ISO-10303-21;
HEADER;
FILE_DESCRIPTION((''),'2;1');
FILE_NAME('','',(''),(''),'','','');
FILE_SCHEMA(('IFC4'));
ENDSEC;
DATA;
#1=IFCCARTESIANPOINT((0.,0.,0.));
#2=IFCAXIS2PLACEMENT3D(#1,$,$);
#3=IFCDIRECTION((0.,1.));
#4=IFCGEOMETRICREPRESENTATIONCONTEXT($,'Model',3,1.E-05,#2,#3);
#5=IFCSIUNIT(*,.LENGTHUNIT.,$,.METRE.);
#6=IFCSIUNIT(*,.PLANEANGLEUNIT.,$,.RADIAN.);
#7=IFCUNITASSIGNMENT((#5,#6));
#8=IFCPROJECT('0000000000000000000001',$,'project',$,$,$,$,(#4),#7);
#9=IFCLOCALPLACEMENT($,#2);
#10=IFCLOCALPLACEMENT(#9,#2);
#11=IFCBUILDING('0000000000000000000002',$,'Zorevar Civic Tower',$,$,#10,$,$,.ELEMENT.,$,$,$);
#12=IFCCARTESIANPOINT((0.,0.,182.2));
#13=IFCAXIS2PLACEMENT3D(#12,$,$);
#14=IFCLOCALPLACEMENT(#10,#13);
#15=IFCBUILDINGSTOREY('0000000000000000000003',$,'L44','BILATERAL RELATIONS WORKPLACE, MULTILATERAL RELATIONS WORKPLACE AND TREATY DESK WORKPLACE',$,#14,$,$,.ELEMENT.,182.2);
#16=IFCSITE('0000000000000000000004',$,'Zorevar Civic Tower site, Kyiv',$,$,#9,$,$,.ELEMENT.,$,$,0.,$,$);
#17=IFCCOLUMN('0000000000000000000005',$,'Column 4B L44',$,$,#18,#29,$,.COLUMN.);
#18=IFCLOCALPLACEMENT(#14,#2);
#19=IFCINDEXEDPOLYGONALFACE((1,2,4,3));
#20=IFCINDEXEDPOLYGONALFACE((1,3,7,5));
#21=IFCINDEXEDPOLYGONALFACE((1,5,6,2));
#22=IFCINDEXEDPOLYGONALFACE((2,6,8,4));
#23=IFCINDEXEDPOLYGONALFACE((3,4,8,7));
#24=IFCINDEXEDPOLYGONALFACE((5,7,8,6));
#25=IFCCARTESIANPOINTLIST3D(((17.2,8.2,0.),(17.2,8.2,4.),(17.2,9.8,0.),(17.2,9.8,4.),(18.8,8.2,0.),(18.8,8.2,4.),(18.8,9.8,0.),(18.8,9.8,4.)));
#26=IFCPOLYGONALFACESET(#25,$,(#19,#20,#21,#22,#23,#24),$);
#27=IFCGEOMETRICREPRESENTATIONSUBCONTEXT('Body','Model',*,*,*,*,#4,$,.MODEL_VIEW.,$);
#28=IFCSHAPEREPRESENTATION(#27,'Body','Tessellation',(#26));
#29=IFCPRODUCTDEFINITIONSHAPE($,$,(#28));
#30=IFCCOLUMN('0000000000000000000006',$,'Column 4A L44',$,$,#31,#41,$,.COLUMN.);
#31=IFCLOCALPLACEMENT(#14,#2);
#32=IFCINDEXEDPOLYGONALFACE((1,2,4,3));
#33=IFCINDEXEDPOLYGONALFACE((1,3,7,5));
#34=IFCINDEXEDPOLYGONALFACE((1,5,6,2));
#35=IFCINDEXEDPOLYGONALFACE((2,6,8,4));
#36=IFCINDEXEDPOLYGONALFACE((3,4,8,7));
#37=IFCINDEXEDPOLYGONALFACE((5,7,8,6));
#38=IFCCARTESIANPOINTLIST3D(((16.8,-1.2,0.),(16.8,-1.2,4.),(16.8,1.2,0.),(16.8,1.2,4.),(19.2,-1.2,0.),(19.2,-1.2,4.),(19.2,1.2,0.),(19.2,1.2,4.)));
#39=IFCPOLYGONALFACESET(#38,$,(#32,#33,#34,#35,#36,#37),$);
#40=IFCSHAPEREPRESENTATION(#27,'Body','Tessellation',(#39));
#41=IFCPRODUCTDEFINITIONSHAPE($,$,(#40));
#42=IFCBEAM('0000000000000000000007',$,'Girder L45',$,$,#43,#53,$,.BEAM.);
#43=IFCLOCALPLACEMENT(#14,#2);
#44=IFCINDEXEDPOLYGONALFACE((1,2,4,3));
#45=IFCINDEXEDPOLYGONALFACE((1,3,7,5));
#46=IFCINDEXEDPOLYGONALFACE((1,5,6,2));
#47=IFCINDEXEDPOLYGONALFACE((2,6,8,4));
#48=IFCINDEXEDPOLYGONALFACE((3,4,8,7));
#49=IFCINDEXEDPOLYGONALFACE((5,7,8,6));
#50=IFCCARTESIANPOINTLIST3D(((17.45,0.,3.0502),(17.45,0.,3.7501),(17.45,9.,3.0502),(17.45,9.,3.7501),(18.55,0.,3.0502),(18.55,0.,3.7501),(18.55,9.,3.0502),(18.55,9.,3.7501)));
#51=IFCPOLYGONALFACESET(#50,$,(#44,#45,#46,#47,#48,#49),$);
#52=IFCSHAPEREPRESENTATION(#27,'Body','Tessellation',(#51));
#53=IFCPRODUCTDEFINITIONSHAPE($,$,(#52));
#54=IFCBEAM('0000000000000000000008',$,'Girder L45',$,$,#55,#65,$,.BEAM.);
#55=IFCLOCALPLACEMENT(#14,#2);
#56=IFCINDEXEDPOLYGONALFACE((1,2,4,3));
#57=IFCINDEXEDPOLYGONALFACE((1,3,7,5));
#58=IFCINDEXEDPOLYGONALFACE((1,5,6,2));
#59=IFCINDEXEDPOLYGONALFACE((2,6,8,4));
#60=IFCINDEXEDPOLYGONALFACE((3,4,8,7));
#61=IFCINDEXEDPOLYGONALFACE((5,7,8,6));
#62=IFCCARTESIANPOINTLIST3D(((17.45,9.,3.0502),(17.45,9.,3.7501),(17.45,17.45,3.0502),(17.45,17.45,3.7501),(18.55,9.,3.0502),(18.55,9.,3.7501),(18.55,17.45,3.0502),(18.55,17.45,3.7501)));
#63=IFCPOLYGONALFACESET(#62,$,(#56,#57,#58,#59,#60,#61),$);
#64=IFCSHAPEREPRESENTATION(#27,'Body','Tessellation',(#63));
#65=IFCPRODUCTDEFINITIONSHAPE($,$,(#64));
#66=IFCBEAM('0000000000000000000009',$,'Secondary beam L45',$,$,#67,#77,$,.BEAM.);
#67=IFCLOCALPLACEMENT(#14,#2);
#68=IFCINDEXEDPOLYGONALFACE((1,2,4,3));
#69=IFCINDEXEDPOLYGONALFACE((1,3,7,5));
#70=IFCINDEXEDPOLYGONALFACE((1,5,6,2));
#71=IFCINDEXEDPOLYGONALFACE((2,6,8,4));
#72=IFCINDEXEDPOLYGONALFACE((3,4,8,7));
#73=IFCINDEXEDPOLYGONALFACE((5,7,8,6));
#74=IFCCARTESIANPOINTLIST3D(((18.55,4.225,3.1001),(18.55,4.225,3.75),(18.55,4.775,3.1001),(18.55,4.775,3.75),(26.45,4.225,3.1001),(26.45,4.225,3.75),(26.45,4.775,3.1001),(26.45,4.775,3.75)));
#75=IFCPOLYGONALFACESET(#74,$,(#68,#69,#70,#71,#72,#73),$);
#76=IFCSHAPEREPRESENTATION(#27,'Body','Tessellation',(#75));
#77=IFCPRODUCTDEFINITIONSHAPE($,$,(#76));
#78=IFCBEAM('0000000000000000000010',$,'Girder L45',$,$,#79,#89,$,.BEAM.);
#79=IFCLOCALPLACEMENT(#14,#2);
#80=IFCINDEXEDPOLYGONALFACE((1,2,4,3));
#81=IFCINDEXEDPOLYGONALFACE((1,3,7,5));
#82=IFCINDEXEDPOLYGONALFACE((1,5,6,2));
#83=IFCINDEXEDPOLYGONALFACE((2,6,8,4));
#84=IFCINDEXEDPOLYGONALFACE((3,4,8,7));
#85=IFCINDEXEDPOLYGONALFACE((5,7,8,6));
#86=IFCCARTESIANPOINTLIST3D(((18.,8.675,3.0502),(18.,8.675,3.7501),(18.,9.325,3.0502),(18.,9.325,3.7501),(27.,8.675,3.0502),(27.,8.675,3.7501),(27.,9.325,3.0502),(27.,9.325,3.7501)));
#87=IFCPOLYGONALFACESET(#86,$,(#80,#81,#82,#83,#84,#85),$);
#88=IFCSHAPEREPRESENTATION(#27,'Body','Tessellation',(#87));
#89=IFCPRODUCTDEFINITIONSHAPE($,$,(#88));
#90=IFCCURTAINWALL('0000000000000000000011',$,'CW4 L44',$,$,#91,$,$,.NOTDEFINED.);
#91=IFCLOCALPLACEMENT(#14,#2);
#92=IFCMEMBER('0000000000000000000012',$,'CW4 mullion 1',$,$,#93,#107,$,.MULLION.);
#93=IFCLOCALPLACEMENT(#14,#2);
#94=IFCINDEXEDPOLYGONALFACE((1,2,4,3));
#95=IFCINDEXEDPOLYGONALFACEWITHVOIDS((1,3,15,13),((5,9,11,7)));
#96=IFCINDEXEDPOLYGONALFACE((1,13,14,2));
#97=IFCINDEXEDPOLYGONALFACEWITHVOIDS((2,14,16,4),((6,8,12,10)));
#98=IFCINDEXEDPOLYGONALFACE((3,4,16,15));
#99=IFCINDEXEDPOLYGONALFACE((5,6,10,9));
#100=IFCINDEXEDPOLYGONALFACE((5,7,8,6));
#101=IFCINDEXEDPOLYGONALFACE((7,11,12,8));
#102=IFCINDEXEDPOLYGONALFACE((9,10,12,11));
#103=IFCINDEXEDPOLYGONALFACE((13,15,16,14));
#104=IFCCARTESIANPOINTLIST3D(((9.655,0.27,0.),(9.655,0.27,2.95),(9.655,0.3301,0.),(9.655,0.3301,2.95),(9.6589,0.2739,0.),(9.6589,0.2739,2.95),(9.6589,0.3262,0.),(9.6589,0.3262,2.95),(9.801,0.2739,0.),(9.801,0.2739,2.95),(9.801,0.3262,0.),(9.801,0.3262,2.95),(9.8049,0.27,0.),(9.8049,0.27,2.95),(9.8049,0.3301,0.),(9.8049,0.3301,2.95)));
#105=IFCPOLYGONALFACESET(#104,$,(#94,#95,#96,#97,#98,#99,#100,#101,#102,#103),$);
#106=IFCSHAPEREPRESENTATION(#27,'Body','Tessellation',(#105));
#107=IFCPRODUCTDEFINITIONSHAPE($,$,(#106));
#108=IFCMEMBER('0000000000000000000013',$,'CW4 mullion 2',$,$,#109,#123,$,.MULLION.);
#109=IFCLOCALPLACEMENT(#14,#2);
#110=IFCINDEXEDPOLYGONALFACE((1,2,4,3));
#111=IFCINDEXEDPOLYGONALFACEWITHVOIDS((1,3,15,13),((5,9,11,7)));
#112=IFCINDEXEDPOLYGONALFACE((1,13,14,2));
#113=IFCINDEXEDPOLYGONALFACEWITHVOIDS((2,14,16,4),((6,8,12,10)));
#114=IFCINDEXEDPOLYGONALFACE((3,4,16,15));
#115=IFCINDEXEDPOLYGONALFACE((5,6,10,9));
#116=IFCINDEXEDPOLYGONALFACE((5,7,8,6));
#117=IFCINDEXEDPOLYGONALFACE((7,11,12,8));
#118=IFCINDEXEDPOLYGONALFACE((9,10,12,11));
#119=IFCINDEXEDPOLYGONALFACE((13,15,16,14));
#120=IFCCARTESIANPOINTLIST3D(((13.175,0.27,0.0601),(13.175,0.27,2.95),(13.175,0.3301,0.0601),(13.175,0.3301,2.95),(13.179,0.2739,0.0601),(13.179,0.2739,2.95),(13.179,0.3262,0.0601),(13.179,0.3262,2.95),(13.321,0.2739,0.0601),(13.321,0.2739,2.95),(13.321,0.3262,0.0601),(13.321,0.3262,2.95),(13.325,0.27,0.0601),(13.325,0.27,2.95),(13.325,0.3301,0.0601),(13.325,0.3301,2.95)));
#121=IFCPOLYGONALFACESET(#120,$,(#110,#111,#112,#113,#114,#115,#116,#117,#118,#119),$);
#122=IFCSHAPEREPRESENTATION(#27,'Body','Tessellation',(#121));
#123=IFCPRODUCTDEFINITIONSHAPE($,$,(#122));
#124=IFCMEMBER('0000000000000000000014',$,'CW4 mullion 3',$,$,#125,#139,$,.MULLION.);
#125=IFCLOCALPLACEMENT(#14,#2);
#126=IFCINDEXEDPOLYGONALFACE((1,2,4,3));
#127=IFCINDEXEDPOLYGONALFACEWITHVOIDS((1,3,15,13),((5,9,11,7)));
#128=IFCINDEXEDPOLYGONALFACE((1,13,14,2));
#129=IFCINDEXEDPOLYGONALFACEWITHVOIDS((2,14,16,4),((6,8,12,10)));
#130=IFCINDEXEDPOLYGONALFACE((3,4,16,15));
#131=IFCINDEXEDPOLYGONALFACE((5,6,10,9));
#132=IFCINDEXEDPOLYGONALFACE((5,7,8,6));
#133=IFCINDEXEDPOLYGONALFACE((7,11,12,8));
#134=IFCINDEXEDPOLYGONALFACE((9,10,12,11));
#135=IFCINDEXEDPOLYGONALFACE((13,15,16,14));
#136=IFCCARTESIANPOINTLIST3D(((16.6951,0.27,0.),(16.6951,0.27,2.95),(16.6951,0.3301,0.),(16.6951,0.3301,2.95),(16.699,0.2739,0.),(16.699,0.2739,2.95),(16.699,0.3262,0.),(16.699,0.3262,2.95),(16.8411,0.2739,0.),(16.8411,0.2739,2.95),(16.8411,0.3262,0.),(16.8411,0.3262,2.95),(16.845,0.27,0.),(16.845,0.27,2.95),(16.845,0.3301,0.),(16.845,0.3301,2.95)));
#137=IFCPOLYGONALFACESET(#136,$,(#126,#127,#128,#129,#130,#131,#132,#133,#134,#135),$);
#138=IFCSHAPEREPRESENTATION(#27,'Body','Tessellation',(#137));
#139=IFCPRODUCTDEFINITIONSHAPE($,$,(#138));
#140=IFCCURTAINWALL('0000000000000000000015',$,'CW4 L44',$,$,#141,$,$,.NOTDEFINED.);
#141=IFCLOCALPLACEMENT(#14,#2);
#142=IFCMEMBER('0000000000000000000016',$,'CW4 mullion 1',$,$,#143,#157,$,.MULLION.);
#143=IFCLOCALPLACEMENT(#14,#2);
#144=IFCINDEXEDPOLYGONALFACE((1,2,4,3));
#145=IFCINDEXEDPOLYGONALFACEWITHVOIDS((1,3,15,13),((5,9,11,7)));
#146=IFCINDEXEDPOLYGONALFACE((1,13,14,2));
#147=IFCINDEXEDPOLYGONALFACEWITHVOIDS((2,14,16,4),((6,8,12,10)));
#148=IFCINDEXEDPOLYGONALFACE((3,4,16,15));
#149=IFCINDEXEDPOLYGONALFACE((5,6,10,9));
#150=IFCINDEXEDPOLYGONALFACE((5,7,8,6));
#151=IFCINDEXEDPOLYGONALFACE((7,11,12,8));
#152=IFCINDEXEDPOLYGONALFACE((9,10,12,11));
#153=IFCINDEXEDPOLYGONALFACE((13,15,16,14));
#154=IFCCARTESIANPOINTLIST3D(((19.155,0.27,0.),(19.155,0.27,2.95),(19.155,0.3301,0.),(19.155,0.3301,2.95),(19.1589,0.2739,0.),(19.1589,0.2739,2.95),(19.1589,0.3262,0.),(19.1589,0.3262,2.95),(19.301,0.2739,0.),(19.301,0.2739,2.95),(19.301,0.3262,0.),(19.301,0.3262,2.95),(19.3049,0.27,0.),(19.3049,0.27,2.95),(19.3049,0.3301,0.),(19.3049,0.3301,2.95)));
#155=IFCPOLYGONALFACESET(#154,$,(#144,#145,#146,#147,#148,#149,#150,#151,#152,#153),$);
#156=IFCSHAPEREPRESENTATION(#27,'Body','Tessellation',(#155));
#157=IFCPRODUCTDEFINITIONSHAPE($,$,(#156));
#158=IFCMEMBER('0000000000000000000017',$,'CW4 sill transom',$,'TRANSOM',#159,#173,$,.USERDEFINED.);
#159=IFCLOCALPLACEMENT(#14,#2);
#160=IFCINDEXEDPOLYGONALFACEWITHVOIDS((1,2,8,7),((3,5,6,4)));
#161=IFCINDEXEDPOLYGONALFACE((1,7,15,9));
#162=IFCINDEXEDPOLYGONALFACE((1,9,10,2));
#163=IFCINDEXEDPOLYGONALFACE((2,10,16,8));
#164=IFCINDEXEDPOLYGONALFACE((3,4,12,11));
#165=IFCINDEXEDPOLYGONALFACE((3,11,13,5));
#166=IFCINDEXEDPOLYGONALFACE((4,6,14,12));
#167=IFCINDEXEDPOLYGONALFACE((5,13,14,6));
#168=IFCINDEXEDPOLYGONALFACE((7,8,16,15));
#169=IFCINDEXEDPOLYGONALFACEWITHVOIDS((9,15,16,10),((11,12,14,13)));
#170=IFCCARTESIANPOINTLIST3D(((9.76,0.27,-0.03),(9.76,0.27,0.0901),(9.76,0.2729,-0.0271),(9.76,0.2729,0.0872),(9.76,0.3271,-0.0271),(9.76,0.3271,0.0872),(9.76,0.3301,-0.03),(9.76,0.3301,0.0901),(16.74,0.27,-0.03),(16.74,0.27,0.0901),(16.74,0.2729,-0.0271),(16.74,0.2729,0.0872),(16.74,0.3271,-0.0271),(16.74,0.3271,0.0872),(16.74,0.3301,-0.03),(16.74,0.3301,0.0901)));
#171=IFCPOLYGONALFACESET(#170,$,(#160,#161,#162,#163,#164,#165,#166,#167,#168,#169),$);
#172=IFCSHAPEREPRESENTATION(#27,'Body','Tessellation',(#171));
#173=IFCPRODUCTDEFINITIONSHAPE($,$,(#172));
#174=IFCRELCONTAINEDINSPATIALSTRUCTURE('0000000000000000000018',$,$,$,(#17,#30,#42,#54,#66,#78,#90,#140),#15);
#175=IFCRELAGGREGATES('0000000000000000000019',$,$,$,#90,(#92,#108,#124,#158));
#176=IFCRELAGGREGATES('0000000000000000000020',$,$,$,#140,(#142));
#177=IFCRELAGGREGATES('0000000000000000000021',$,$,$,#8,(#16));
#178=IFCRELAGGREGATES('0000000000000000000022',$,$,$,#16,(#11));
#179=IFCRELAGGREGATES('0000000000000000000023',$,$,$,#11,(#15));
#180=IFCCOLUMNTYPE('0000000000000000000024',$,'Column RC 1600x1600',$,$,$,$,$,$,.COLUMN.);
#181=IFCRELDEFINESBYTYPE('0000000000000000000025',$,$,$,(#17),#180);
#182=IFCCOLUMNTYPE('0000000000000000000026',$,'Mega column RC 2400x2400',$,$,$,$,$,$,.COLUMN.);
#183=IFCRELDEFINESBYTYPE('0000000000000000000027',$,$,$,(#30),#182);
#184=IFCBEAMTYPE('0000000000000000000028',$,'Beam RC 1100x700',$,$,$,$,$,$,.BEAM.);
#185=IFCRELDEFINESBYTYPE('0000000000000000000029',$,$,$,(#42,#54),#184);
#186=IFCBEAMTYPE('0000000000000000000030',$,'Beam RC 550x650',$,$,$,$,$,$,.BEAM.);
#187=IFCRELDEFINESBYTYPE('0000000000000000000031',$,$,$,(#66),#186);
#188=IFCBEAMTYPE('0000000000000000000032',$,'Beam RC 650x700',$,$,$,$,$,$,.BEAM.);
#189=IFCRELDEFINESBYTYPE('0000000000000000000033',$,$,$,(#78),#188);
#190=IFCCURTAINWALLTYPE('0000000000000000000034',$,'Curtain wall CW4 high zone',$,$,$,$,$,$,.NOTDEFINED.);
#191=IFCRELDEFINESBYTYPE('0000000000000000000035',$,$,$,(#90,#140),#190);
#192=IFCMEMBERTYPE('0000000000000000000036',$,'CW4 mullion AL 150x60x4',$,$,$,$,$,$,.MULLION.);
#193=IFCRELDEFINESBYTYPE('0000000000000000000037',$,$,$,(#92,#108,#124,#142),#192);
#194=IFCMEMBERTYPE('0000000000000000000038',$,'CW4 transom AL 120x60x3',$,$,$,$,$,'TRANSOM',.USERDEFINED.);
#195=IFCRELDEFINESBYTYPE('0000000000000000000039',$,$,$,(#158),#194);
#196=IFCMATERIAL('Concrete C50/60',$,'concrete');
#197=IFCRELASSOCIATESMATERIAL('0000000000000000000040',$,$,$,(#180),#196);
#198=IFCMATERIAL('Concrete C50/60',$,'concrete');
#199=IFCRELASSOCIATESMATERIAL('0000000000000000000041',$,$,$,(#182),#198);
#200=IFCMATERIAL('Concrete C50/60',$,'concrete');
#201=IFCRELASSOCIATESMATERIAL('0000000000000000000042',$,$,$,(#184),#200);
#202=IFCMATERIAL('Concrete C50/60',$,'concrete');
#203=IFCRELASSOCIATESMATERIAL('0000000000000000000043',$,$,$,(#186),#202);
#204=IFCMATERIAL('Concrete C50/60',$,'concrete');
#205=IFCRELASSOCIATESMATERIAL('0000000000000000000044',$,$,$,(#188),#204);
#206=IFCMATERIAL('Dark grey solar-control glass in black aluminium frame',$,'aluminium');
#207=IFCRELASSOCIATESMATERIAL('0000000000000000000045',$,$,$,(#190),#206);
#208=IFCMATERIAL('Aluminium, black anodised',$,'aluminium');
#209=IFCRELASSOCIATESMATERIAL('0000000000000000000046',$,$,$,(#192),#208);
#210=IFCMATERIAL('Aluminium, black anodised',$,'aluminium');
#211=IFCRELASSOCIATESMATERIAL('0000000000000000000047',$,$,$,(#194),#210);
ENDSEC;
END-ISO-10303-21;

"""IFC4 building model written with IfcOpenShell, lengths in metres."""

from ifc_helpers import new_model, si_unit, direction, frame, origin, origin_2d, place, context, subcontext, project, spatial, rectangle, hollow_rectangle, extrude, material, material_profile, profile_set, type_object, element, aggregate, save


model = new_model("IFC4")

# Units and contexts
model_context = context("Model", 3, precision=1e-05, world=origin(), true_north=direction((0.0, 1.0)))
body_context = subcontext(model_context, "Body", "Model", "MODEL_VIEW")
ifc_project = project(units=[si_unit("LENGTHUNIT", "METRE"), si_unit("PLANEANGLEUNIT", "RADIAN")], contexts=[model_context])

# Site, building, storey
site_placement = place(None, origin())
site = spatial("IfcSite", under=ifc_project, at=site_placement, Name="Zorevar Civic Tower site, Kyiv", CompositionType="ELEMENT", RefElevation=0.0)
building_placement = place(site_placement, origin())
building = spatial("IfcBuilding", under=site, at=building_placement, Name="Zorevar Civic Tower", CompositionType="ELEMENT")
storey_placement = place(building_placement, frame((0.0, 0.0, 182.2)))
storey = spatial("IfcBuildingStorey", under=building, at=storey_placement, Name="L44", Description="BILATERAL RELATIONS WORKPLACE, MULTILATERAL RELATIONS WORKPLACE AND TREATY DESK WORKPLACE", CompositionType="ELEMENT", Elevation=182.2)

# Columns
ifc_material_1 = material(Name="Concrete C50/60", Category="concrete")
ifc_material_profile_1 = material_profile(ifc_material_1, rectangle(XDim=1.6001, YDim=1.6001, at=origin_2d()), Name="RC 1600x1600")
ifc_profile_set_1 = profile_set([ifc_material_profile_1], Name="Concrete C50/60")
column_type_1 = type_object("IfcColumnType", Name="Column RC 1600x1600", PredefinedType="COLUMN", material=ifc_profile_set_1)
column_1_placement = place(storey_placement, frame((18.0, 9.0, 0.0), z_axis=(0.0, 0.0, 1.0), x_axis=(1.0, 0.0, 0.0)))
element("IfcColumn", 1, at=column_1_placement, inside=storey, type_object=column_type_1, Name="Column 4B L44", PredefinedType="COLUMN", context=body_context, shape_type="SweptSolid", body=[
    extrude(rectangle(XDim=1.6001, YDim=1.6001, at=origin_2d()), origin(), (0.0, 0.0, 1.0), 4.0),
])
ifc_material_2 = material(Name="Concrete C50/60", Category="concrete")
ifc_material_profile_2 = material_profile(ifc_material_2, rectangle(XDim=2.3999, YDim=2.3999, at=origin_2d()), Name="RC 2400x2400")
ifc_profile_set_2 = profile_set([ifc_material_profile_2], Name="Concrete C50/60")
column_type_2 = type_object("IfcColumnType", Name="Mega column RC 2400x2400", PredefinedType="COLUMN", material=ifc_profile_set_2)
column_2_placement = place(storey_placement, frame((18.0, 0.0, 0.0), z_axis=(0.0, 0.0, 1.0), x_axis=(1.0, 0.0, 0.0)))
element("IfcColumn", 2, at=column_2_placement, inside=storey, type_object=column_type_2, Name="Column 4A L44", PredefinedType="COLUMN", context=body_context, shape_type="SweptSolid", body=[
    extrude(rectangle(XDim=2.3999, YDim=2.3999, at=origin_2d()), origin(), (0.0, 0.0, 1.0), 4.0),
])

# Beams
ifc_material_3 = material(Name="Concrete C50/60", Category="concrete")
ifc_material_profile_3 = material_profile(ifc_material_3, rectangle(XDim=1.1001, YDim=0.7, at=origin_2d()), Name="RC 1100x700")
ifc_profile_set_3 = profile_set([ifc_material_profile_3], Name="Concrete C50/60")
beam_type_1 = type_object("IfcBeamType", Name="Beam RC 1100x700", PredefinedType="BEAM", material=ifc_profile_set_3)
beam_1_placement = place(storey_placement, frame((18.0, 0.0, 3.4001), z_axis=(0.0, 1.0, 0.0), x_axis=(-1.0, 0.0, 0.0)))
element("IfcBeam", 3, at=beam_1_placement, inside=storey, type_object=beam_type_1, Name="Girder L45", PredefinedType="BEAM", context=body_context, shape_type="SweptSolid", body=[
    extrude(rectangle(XDim=1.1001, YDim=0.7, at=origin_2d()), origin(), (0.0, 0.0, 1.0), 9.0),
])
beam_2_placement = place(storey_placement, frame((18.0, 9.0, 3.4001), z_axis=(0.0, 1.0, 0.0), x_axis=(-1.0, 0.0, 0.0)))
element("IfcBeam", 4, at=beam_2_placement, inside=storey, type_object=beam_type_1, Name="Girder L45", PredefinedType="BEAM", context=body_context, shape_type="SweptSolid", body=[
    extrude(rectangle(XDim=1.1001, YDim=0.7, at=origin_2d()), origin(), (0.0, 0.0, 1.0), 8.45),
])
ifc_material_4 = material(Name="Concrete C50/60", Category="concrete")
ifc_material_profile_4 = material_profile(ifc_material_4, rectangle(XDim=0.55, YDim=0.6499, at=origin_2d()), Name="RC 550x650")
ifc_profile_set_4 = profile_set([ifc_material_profile_4], Name="Concrete C50/60")
beam_type_2 = type_object("IfcBeamType", Name="Beam RC 550x650", PredefinedType="BEAM", material=ifc_profile_set_4)
beam_3_placement = place(storey_placement, frame((18.55, 4.5, 3.425), z_axis=(1.0, 0.0, 0.0), x_axis=(0.0, 1.0, 0.0)))
element("IfcBeam", 5, at=beam_3_placement, inside=storey, type_object=beam_type_2, Name="Secondary beam L45", PredefinedType="BEAM", context=body_context, shape_type="SweptSolid", body=[
    extrude(rectangle(XDim=0.55, YDim=0.6499, at=origin_2d()), origin(), (0.0, 0.0, 1.0), 7.8999),
])
ifc_material_5 = material(Name="Concrete C50/60", Category="concrete")
ifc_material_profile_5 = material_profile(ifc_material_5, rectangle(XDim=0.6499, YDim=0.7, at=origin_2d()), Name="RC 650x700")
ifc_profile_set_5 = profile_set([ifc_material_profile_5], Name="Concrete C50/60")
beam_type_3 = type_object("IfcBeamType", Name="Beam RC 650x700", PredefinedType="BEAM", material=ifc_profile_set_5)
beam_4_placement = place(storey_placement, frame((18.0, 9.0, 3.4001), z_axis=(1.0, 0.0, 0.0), x_axis=(0.0, 1.0, 0.0)))
element("IfcBeam", 6, at=beam_4_placement, inside=storey, type_object=beam_type_3, Name="Girder L45", PredefinedType="BEAM", context=body_context, shape_type="SweptSolid", body=[
    extrude(rectangle(XDim=0.6499, YDim=0.7, at=origin_2d()), origin(), (0.0, 0.0, 1.0), 9.0),
])

# Curtain wall, members
ifc_material_6 = material(Name="Dark grey solar-control glass in black aluminium frame", Category="aluminium")
curtain_wall_type = type_object("IfcCurtainWallType", Name="Curtain wall CW4 high zone", PredefinedType="NOTDEFINED", material=ifc_material_6)
curtain_wall_1_placement = place(storey_placement, origin())
curtain_wall_1 = element("IfcCurtainWall", 7, at=curtain_wall_1_placement, inside=storey, type_object=curtain_wall_type, Name="CW4 L44", PredefinedType="NOTDEFINED")
ifc_material_7 = material(Name="Aluminium, black anodised", Category="aluminium")
ifc_material_profile_6 = material_profile(ifc_material_7, hollow_rectangle(XDim=0.0601, YDim=0.1499, WallThickness=0.0039, at=origin_2d()), Name="AL 150x60x4")
ifc_profile_set_6 = profile_set([ifc_material_profile_6], Name="Aluminium, black anodised")
member_type_1 = type_object("IfcMemberType", Name="CW4 mullion AL 150x60x4", PredefinedType="MULLION", material=ifc_profile_set_6)
member_1_placement = place(storey_placement, frame((9.73, 0.3, 0.0), z_axis=(0.0, 0.0, 1.0), x_axis=(0.0, 1.0, 0.0)))
member_1 = element("IfcMember", 8, at=member_1_placement, type_object=member_type_1, Name="CW4 mullion 1", PredefinedType="MULLION", context=body_context, shape_type="SweptSolid", body=[
    extrude(hollow_rectangle(XDim=0.0601, YDim=0.1499, WallThickness=0.0039, at=origin_2d()), origin(), (0.0, 0.0, 1.0), 2.95),
])
member_2_placement = place(storey_placement, frame((13.25, 0.3, 0.0601), z_axis=(0.0, 0.0, 1.0), x_axis=(0.0, 1.0, 0.0)))
member_2 = element("IfcMember", 9, at=member_2_placement, type_object=member_type_1, Name="CW4 mullion 2", PredefinedType="MULLION", context=body_context, shape_type="SweptSolid", body=[
    extrude(hollow_rectangle(XDim=0.0601, YDim=0.1499, WallThickness=0.0039, at=origin_2d()), origin(), (0.0, 0.0, 1.0), 2.8899),
])
member_3_placement = place(storey_placement, frame((16.77, 0.3, 0.0), z_axis=(0.0, 0.0, 1.0), x_axis=(0.0, 1.0, 0.0)))
member_3 = element("IfcMember", 10, at=member_3_placement, type_object=member_type_1, Name="CW4 mullion 3", PredefinedType="MULLION", context=body_context, shape_type="SweptSolid", body=[
    extrude(hollow_rectangle(XDim=0.0601, YDim=0.1499, WallThickness=0.0039, at=origin_2d()), origin(), (0.0, 0.0, 1.0), 2.95),
])

# Curtain wall, member
curtain_wall_2_placement = place(storey_placement, origin())
curtain_wall_2 = element("IfcCurtainWall", 11, at=curtain_wall_2_placement, inside=storey, type_object=curtain_wall_type, Name="CW4 L44", PredefinedType="NOTDEFINED")
member_4_placement = place(storey_placement, frame((19.23, 0.3, 0.0), z_axis=(0.0, 0.0, 1.0), x_axis=(0.0, 1.0, 0.0)))
member_4 = element("IfcMember", 12, at=member_4_placement, type_object=member_type_1, Name="CW4 mullion 1", PredefinedType="MULLION", context=body_context, shape_type="SweptSolid", body=[
    extrude(hollow_rectangle(XDim=0.0601, YDim=0.1499, WallThickness=0.0039, at=origin_2d()), origin(), (0.0, 0.0, 1.0), 2.95),
])

# Member
ifc_material_8 = material(Name="Aluminium, black anodised", Category="aluminium")
ifc_material_profile_7 = material_profile(ifc_material_8, hollow_rectangle(XDim=0.0601, YDim=0.1201, WallThickness=0.0029, at=origin_2d()), Name="AL 120x60x3")
ifc_profile_set_7 = profile_set([ifc_material_profile_7], Name="Aluminium, black anodised")
member_type_2 = type_object("IfcMemberType", Name="CW4 transom AL 120x60x3", ElementType="TRANSOM", PredefinedType="USERDEFINED", material=ifc_profile_set_7)
member_5_placement = place(storey_placement, frame((9.76, 0.3, 0.03), z_axis=(1.0, 0.0, 0.0), x_axis=(0.0, 1.0, 0.0)))
member_5 = element("IfcMember", 13, at=member_5_placement, type_object=member_type_2, Name="CW4 sill transom", ObjectType="TRANSOM", PredefinedType="USERDEFINED", context=body_context, shape_type="SweptSolid", body=[
    extrude(hollow_rectangle(XDim=0.0601, YDim=0.1201, WallThickness=0.0029, at=origin_2d()), origin(), (0.0, 0.0, 1.0), 6.98),
])

aggregate(curtain_wall_1, [member_1, member_2, member_3, member_5])
aggregate(curtain_wall_2, [member_4])

save(model, "model.ifc")
